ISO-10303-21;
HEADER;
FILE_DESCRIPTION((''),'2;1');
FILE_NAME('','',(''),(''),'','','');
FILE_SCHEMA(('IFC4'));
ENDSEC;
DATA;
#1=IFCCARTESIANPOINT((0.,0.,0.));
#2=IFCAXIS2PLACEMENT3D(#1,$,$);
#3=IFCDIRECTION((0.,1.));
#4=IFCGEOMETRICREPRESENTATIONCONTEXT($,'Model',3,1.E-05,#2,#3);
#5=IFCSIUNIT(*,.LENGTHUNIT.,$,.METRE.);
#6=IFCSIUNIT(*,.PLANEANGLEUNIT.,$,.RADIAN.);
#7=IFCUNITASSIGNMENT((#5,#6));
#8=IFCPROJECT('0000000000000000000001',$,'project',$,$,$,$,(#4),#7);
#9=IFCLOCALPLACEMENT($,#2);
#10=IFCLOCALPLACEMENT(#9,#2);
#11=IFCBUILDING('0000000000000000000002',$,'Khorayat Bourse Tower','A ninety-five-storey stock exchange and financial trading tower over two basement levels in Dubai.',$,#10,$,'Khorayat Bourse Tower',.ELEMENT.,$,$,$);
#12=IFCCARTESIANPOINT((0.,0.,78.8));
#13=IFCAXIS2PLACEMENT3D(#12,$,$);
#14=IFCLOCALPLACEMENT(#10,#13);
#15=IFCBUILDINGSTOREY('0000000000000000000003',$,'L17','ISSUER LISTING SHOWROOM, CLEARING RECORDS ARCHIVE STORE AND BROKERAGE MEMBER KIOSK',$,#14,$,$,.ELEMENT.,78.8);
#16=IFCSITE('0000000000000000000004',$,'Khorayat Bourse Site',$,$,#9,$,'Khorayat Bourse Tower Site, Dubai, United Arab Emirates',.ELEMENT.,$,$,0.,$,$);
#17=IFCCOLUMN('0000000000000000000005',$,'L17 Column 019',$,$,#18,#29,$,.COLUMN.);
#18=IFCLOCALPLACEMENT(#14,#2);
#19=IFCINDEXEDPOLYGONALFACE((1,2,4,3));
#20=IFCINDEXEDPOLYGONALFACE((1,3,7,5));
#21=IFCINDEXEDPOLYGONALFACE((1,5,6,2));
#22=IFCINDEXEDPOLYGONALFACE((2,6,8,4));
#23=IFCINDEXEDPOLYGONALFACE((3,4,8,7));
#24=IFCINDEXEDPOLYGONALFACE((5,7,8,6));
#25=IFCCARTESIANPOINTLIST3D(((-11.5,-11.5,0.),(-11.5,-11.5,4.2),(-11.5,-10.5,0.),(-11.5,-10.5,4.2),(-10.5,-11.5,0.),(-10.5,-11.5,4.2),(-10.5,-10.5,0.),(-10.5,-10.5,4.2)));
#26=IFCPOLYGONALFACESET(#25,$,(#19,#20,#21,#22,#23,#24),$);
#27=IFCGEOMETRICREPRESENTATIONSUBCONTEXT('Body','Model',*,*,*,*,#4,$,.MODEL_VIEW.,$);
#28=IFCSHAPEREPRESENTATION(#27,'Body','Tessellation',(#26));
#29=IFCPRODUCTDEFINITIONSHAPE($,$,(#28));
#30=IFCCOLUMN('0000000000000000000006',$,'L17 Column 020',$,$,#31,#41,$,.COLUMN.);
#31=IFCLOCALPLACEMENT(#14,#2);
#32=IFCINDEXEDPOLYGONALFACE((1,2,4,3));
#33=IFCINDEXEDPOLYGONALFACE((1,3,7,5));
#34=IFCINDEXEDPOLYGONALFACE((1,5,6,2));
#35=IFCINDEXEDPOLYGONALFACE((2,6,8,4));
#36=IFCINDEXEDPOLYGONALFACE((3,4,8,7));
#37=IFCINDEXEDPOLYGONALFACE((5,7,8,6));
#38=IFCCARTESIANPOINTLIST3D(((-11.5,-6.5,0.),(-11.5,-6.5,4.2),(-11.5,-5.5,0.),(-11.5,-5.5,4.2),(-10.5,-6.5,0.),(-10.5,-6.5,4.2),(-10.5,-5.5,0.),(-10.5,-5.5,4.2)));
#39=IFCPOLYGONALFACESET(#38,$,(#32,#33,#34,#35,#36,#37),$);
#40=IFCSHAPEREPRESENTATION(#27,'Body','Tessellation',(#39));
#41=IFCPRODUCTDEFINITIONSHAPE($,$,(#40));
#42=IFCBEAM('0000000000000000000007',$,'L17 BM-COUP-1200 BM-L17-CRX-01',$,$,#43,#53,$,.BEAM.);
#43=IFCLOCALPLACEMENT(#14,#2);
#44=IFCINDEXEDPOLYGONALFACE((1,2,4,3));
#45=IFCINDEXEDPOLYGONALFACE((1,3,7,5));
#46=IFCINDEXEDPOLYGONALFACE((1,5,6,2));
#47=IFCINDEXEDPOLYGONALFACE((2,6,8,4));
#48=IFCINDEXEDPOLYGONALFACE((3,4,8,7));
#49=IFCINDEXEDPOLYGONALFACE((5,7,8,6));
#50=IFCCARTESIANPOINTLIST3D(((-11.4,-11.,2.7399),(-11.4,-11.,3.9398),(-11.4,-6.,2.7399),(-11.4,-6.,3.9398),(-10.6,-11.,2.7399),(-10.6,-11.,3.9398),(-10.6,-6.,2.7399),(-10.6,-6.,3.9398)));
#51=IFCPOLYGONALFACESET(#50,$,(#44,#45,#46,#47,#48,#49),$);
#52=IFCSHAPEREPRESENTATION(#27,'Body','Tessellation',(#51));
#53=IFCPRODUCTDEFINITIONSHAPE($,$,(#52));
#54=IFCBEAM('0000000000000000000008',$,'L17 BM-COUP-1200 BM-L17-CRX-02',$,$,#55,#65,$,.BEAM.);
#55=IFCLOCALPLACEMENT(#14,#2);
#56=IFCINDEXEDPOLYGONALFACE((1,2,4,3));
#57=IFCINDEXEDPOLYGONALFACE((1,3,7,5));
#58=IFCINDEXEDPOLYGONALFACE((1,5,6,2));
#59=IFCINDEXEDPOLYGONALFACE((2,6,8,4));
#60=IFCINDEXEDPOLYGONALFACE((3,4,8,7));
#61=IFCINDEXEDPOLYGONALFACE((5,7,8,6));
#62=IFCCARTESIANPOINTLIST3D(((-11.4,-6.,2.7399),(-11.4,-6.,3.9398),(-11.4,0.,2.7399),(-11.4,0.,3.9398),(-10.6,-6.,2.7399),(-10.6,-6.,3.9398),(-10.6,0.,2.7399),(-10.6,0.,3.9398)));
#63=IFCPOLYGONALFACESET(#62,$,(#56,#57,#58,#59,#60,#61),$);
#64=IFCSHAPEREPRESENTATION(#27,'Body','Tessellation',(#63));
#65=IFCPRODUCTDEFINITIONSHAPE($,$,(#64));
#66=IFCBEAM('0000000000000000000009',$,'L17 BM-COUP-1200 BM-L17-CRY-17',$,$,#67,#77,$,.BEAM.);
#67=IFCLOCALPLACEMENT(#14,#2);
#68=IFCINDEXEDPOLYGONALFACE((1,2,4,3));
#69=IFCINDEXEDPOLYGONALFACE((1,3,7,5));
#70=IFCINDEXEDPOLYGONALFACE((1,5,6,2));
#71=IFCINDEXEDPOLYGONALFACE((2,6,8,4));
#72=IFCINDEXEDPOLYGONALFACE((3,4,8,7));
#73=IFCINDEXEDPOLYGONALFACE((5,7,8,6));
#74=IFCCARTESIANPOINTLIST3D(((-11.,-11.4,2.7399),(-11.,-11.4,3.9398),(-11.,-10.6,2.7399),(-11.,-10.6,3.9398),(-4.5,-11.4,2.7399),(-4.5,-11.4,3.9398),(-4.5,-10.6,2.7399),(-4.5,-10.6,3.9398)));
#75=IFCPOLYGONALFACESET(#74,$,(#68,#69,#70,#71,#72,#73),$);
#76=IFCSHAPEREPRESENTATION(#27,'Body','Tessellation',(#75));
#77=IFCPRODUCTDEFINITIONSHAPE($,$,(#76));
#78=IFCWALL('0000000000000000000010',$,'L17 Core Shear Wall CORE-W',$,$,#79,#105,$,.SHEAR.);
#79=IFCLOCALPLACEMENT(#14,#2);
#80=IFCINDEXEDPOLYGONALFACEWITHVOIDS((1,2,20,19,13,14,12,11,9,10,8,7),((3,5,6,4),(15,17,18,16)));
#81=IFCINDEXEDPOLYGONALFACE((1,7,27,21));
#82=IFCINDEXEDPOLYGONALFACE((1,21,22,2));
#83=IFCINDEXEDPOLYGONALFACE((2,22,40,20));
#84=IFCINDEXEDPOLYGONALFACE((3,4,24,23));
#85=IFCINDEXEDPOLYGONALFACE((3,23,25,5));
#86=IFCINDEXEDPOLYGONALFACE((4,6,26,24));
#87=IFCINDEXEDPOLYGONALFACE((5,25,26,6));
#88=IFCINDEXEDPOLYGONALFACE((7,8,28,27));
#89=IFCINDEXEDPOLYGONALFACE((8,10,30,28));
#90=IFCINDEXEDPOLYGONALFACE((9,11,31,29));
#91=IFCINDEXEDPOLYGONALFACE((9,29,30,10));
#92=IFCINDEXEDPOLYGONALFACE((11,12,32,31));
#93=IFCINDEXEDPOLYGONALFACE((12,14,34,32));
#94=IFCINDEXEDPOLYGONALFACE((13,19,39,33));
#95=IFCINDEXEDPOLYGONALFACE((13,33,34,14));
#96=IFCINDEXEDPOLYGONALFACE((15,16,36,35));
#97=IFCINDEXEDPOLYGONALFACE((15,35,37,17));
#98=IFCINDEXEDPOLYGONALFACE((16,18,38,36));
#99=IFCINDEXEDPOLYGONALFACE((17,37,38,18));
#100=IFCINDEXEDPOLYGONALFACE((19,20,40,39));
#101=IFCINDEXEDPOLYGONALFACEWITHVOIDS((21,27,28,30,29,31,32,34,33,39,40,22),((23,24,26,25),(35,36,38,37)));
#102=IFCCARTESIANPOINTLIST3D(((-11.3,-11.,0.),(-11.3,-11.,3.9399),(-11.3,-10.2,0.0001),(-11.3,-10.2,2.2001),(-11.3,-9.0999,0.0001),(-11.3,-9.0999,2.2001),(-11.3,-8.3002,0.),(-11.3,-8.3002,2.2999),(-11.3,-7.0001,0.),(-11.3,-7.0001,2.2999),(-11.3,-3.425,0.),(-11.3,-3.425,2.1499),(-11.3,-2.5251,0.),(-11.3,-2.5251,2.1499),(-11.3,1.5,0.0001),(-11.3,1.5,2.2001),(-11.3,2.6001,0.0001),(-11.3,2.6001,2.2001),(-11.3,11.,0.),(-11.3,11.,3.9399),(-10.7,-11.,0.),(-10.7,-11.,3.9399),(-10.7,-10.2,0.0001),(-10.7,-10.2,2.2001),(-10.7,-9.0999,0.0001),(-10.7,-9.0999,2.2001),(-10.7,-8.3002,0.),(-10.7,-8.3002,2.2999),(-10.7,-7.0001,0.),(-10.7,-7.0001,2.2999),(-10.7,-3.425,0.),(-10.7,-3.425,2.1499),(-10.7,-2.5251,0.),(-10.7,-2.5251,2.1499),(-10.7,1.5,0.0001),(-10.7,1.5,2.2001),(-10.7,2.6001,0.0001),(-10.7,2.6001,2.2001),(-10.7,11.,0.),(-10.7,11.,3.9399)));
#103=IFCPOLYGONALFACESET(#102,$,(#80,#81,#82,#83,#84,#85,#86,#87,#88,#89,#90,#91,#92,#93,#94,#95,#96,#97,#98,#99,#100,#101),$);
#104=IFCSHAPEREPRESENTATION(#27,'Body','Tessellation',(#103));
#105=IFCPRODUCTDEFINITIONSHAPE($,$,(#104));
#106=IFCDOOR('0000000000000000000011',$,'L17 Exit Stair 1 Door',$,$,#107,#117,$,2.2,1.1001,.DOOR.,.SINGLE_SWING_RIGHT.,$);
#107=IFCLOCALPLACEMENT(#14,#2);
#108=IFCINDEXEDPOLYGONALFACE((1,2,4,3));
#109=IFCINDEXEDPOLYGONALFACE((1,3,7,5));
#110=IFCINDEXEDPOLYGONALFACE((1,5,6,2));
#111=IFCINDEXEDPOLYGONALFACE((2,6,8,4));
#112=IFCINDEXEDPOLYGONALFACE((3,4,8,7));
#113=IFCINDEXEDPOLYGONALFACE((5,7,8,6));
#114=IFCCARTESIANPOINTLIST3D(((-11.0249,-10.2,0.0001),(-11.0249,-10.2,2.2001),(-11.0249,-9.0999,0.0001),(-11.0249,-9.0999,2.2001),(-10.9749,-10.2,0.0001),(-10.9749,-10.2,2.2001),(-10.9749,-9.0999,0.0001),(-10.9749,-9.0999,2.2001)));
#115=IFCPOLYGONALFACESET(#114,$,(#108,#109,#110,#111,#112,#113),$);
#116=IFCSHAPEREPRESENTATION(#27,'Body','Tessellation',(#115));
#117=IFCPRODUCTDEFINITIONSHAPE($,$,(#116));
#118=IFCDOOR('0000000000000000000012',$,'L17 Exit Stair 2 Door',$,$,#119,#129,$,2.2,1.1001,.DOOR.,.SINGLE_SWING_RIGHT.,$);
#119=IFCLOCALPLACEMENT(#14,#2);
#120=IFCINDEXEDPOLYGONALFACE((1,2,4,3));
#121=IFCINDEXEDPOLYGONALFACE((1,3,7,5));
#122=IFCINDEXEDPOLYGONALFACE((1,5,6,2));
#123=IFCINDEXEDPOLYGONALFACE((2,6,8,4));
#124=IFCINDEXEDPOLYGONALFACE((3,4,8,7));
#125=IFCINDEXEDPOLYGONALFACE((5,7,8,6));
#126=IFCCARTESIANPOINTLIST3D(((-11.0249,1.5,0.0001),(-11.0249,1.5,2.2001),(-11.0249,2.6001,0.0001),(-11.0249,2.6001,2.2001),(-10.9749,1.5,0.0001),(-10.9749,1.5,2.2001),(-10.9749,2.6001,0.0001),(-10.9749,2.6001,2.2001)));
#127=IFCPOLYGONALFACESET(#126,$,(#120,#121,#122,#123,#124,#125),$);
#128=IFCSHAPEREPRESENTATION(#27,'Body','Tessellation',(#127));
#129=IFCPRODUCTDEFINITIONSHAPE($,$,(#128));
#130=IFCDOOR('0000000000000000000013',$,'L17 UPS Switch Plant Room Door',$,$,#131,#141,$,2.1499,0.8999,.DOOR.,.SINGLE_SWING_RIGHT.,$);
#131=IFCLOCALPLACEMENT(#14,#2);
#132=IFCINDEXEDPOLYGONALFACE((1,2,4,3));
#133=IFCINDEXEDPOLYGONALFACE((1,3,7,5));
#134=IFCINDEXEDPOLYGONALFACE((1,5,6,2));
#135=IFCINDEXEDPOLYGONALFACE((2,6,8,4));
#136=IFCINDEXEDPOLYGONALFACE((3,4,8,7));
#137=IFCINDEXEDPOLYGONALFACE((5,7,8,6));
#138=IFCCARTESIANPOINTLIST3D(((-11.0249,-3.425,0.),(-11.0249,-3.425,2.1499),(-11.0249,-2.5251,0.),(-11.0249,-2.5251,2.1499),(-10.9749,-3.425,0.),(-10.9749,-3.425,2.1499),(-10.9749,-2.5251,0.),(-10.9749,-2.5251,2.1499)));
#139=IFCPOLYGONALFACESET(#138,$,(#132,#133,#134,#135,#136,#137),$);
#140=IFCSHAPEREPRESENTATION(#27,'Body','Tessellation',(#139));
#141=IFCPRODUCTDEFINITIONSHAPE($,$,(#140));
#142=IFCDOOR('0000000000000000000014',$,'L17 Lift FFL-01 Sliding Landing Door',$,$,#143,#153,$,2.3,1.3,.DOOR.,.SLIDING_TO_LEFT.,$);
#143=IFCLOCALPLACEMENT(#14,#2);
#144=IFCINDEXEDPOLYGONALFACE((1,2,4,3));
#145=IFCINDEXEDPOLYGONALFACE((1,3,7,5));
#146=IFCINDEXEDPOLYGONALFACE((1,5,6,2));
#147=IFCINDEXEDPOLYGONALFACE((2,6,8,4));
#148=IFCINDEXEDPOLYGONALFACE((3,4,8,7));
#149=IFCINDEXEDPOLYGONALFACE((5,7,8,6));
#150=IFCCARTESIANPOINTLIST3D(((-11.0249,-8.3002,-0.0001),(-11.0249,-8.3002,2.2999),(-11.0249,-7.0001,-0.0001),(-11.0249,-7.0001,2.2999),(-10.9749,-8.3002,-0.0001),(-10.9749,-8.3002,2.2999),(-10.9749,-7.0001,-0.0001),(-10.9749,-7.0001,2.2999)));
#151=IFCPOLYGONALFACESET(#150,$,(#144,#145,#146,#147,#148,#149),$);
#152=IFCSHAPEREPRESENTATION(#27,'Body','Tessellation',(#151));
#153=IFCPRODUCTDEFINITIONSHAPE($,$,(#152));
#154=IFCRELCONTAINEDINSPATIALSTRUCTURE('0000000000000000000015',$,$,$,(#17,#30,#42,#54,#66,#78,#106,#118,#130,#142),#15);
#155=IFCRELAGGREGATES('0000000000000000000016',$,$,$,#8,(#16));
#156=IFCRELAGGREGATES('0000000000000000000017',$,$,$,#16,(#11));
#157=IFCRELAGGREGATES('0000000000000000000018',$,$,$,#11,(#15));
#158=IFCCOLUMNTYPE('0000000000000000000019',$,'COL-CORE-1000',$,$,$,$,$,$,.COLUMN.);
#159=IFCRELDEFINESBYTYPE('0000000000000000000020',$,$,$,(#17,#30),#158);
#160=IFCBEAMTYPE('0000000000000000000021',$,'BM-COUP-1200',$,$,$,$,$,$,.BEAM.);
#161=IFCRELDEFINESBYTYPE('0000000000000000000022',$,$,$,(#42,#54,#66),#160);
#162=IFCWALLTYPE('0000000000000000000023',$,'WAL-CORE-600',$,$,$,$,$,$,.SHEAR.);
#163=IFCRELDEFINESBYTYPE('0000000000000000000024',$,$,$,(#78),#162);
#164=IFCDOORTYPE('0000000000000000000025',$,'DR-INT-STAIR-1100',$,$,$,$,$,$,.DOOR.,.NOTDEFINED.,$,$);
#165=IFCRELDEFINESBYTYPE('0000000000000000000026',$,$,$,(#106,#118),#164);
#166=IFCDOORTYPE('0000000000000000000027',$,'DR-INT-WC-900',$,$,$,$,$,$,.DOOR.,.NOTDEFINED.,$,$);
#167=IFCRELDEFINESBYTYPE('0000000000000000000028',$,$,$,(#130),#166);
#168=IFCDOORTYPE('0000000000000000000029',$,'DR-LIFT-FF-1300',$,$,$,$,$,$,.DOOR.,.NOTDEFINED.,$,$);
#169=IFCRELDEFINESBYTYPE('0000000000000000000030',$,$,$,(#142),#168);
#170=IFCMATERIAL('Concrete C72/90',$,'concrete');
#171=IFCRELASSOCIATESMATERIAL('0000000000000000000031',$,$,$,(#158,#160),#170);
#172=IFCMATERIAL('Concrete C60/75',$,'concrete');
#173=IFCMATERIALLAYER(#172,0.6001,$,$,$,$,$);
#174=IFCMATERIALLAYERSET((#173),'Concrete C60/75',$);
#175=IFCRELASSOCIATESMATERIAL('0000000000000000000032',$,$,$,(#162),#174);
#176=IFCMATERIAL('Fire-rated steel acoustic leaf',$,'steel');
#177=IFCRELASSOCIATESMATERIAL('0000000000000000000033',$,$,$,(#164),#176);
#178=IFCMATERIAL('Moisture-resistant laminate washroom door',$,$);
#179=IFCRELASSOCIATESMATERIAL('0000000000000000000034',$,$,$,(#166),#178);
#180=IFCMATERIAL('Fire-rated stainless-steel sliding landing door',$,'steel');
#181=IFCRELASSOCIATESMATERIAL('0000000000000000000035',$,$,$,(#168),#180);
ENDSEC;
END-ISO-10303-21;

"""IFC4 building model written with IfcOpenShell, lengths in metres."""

from ifc_helpers import new_model, si_unit, direction, frame, frame_2d, origin, origin_2d, place, context, subcontext, project, spatial, rectangle, extrude, source, transform, mapped, material, layer, layer_set, material_profile, profile_set, type_object, element, fill, save


model = new_model("IFC4")

# Units and contexts
model_context = context("Model", 3, precision=1e-05, world=origin(), true_north=direction((0.0, 1.0)))
body_context = subcontext(model_context, "Body", "Model", "MODEL_VIEW")
ifc_project = project(units=[si_unit("LENGTHUNIT", "METRE"), si_unit("PLANEANGLEUNIT", "RADIAN")], contexts=[model_context])

# Site, building, storey
site_placement = place(None, origin())
site = spatial("IfcSite", under=ifc_project, at=site_placement, Name="Khorayat Bourse Site", LongName="Khorayat Bourse Tower Site, Dubai, United Arab Emirates", CompositionType="ELEMENT", RefElevation=0.0)
building_placement = place(site_placement, origin())
building = spatial("IfcBuilding", under=site, at=building_placement, Name="Khorayat Bourse Tower", Description="A ninety-five-storey stock exchange and financial trading tower over two basement levels in Dubai.", LongName="Khorayat Bourse Tower", CompositionType="ELEMENT")
storey_placement = place(building_placement, frame((0.0, 0.0, 78.8)))
storey = spatial("IfcBuildingStorey", under=building, at=storey_placement, Name="L17", Description="ISSUER LISTING SHOWROOM, CLEARING RECORDS ARCHIVE STORE AND BROKERAGE MEMBER KIOSK", CompositionType="ELEMENT", Elevation=78.8)

# Columns
ifc_material_1 = material(Name="Concrete C72/90", Category="concrete")
ifc_material_profile_1 = material_profile(ifc_material_1, rectangle(XDim=1.0, YDim=1.0, at=origin_2d()), Name="RC 1000x1000")
ifc_profile_set_1 = profile_set([ifc_material_profile_1], Name="Concrete C72/90")
column_type = type_object("IfcColumnType", Name="COL-CORE-1000", PredefinedType="COLUMN", material=ifc_profile_set_1)
shared_shape_1 = source(origin(), body_context, "Body", "SweptSolid", [
    extrude(rectangle(XDim=1.0, YDim=1.0, at=origin_2d()), origin(), (0.0, 0.0, 1.0), 4.2),
])
for number, where, z_axis, x_axis, name in (
    (1, (-11.0, -11.0, 0.0), (0.0, 0.0, 1.0), (1.0, 0.0, 0.0), "L17 Column 019"),
    (2, (-11.0, -6.0, 0.0), (0.0, 0.0, 1.0), (1.0, 0.0, 0.0), "L17 Column 020"),
):
    element("IfcColumn", number, at=place(storey_placement, frame(where, z_axis=z_axis, x_axis=x_axis)), inside=storey, type_object=column_type, Name=name, PredefinedType="COLUMN", context=body_context, shape_type="MappedRepresentation", body=[
        mapped(shared_shape_1, transform((0.0, 0.0, 0.0), scale=1.0)),
    ])

# Beams
ifc_material_profile_2 = material_profile(ifc_material_1, rectangle(XDim=0.8, YDim=1.2, at=origin_2d()), Name="RC 800x1200")
ifc_profile_set_2 = profile_set([ifc_material_profile_2], Name="Concrete C72/90")
beam_type = type_object("IfcBeamType", Name="BM-COUP-1200", PredefinedType="BEAM", material=ifc_profile_set_2)
shared_shape_2 = source(origin(), body_context, "Body", "SweptSolid", [
    extrude(rectangle(XDim=0.8, YDim=1.2, at=origin_2d()), origin(), (0.0, 0.0, 1.0), 5.0),
])
beam_1_placement = place(storey_placement, frame((-11.0, -11.0, 3.3398), z_axis=(0.0, 1.0, 0.0), x_axis=(-1.0, 0.0, 0.0)))
element("IfcBeam", 3, at=beam_1_placement, inside=storey, type_object=beam_type, Name="L17 BM-COUP-1200 BM-L17-CRX-01", PredefinedType="BEAM", context=body_context, shape_type="MappedRepresentation", body=[
    mapped(shared_shape_2, transform((0.0, 0.0, 0.0), scale=1.0)),
])
shared_shape_3 = source(origin(), body_context, "Body", "SweptSolid", [
    extrude(rectangle(XDim=0.8, YDim=1.2, at=origin_2d()), origin(), (0.0, 0.0, 1.0), 6.0),
])
beam_2_placement = place(storey_placement, frame((-11.0, -6.0, 3.3398), z_axis=(0.0, 1.0, 0.0), x_axis=(-1.0, 0.0, 0.0)))
element("IfcBeam", 4, at=beam_2_placement, inside=storey, type_object=beam_type, Name="L17 BM-COUP-1200 BM-L17-CRX-02", PredefinedType="BEAM", context=body_context, shape_type="MappedRepresentation", body=[
    mapped(shared_shape_3, transform((0.0, 0.0, 0.0), scale=1.0)),
])
shared_shape_4 = source(origin(), body_context, "Body", "SweptSolid", [
    extrude(rectangle(XDim=0.8, YDim=1.2, at=origin_2d()), origin(), (0.0, 0.0, 1.0), 6.5),
])
beam_3_placement = place(storey_placement, frame((-11.0, -11.0, 3.3398), z_axis=(1.0, 0.0, 0.0), x_axis=(0.0, 1.0, 0.0)))
element("IfcBeam", 5, at=beam_3_placement, inside=storey, type_object=beam_type, Name="L17 BM-COUP-1200 BM-L17-CRY-17", PredefinedType="BEAM", context=body_context, shape_type="MappedRepresentation", body=[
    mapped(shared_shape_4, transform((0.0, 0.0, 0.0), scale=1.0)),
])

# Wall, openings, doors
ifc_material_2 = material(Name="Concrete C60/75", Category="concrete")
ifc_layer_1 = layer(ifc_material_2, 0.6001)
ifc_layer_set_1 = layer_set([ifc_layer_1], Name="Concrete C60/75")
wall_type_1 = type_object("IfcWallType", Name="WAL-CORE-600", PredefinedType="SHEAR", material=ifc_layer_set_1)
shared_shape_5 = source(origin(), body_context, "Body", "SweptSolid", [
    extrude(rectangle(XDim=22.0, YDim=0.6001, at=frame_2d((11.0, 0.0))), origin(), (0.0, 0.0, 1.0), 3.9399),
])
wall_1_placement = place(storey_placement, frame((-11.0, -11.0, 0.0), z_axis=(0.0, 0.0, 1.0), x_axis=(0.0, 1.0, 0.0)))
wall_1 = element("IfcWall", 6, at=wall_1_placement, inside=storey, type_object=wall_type_1, Name="L17 Core Shear Wall CORE-W", PredefinedType="SHEAR", context=body_context, shape_type="MappedRepresentation", body=[
    mapped(shared_shape_5, transform((0.0, 0.0, 0.0), scale=1.0)),
])
shared_shape_6 = source(origin(), body_context, "Body", "SweptSolid", [
    extrude(rectangle(XDim=1.1001, YDim=2.2, at=frame_2d((0.55, 1.1001))), frame((0.0, 0.3101, 0.0), z_axis=(0.0, -1.0, 0.0), x_axis=(1.0, 0.0, 0.0)), (0.0, 0.0, 1.0), 0.6201),
])
opening_1_placement = place(wall_1_placement, frame((0.8, 0.0, 0.0)))
opening_1 = element("IfcOpeningElement", 7, at=opening_1_placement, cuts=wall_1, PredefinedType="OPENING", context=body_context, shape_type="MappedRepresentation", body=[
    mapped(shared_shape_6, transform((0.0, 0.0, 0.0), scale=1.0)),
])
opening_2_placement = place(wall_1_placement, frame((12.5, 0.0, 0.0)))
opening_2 = element("IfcOpeningElement", 8, at=opening_2_placement, cuts=wall_1, PredefinedType="OPENING", context=body_context, shape_type="MappedRepresentation", body=[
    mapped(shared_shape_6, transform((0.0, 0.0, 0.0), scale=1.0)),
])
shared_shape_7 = source(origin(), body_context, "Body", "SweptSolid", [
    extrude(rectangle(XDim=0.8999, YDim=2.1499, at=frame_2d((0.45, 1.075))), frame((0.0, 0.3101, 0.0), z_axis=(0.0, -1.0, 0.0), x_axis=(1.0, 0.0, 0.0)), (0.0, 0.0, 1.0), 0.6201),
])
opening_3_placement = place(wall_1_placement, frame((7.575, 0.0, 0.0)))
opening_3 = element("IfcOpeningElement", 9, at=opening_3_placement, cuts=wall_1, PredefinedType="OPENING", context=body_context, shape_type="MappedRepresentation", body=[
    mapped(shared_shape_7, transform((0.0, 0.0, 0.0), scale=1.0)),
])
shared_shape_8 = source(origin(), body_context, "Body", "SweptSolid", [
    extrude(rectangle(XDim=1.3, YDim=2.3, at=frame_2d((0.6499, 1.1499))), frame((0.0, 0.3101, 0.0), z_axis=(0.0, -1.0, 0.0), x_axis=(1.0, 0.0, 0.0)), (0.0, 0.0, 1.0), 0.6201),
])
opening_4_placement = place(wall_1_placement, frame((2.7, 0.0, 0.0)))
opening_4 = element("IfcOpeningElement", 10, at=opening_4_placement, cuts=wall_1, PredefinedType="OPENING", context=body_context, shape_type="MappedRepresentation", body=[
    mapped(shared_shape_8, transform((0.0, 0.0, 0.0), scale=1.0)),
])
ifc_material_3 = material(Name="Fire-rated steel acoustic leaf", Category="steel")
door_type_1 = type_object("IfcDoorType", Name="DR-INT-STAIR-1100", OperationType="NOTDEFINED", PredefinedType="DOOR", material=ifc_material_3)
shared_shape_9 = source(origin(), body_context, "Body", "SweptSolid", [
    extrude(rectangle(XDim=1.1001, YDim=2.2, at=frame_2d((0.55, 1.1001))), frame((0.0, 0.0249, 0.0), z_axis=(0.0, -1.0, 0.0), x_axis=(1.0, 0.0, 0.0)), (0.0, 0.0, 1.0), 0.05),
])
door_1_placement = place(opening_1_placement, origin())
door_1 = element("IfcDoor", 11, at=door_1_placement, inside=storey, type_object=door_type_1, Name="L17 Exit Stair 1 Door", OperationType="SINGLE_SWING_RIGHT", OverallHeight=2.2, OverallWidth=1.1001, PredefinedType="DOOR", context=body_context, shape_type="MappedRepresentation", body=[
    mapped(shared_shape_9, transform((0.0, 0.0, 0.0), scale=1.0)),
])
fill(opening_1, door_1)
door_2_placement = place(opening_2_placement, origin())
door_2 = element("IfcDoor", 12, at=door_2_placement, inside=storey, type_object=door_type_1, Name="L17 Exit Stair 2 Door", OperationType="SINGLE_SWING_RIGHT", OverallHeight=2.2, OverallWidth=1.1001, PredefinedType="DOOR", context=body_context, shape_type="MappedRepresentation", body=[
    mapped(shared_shape_9, transform((0.0, 0.0, 0.0), scale=1.0)),
])
fill(opening_2, door_2)
ifc_material_4 = material(Name="Moisture-resistant laminate washroom door")
door_type_2 = type_object("IfcDoorType", Name="DR-INT-WC-900", OperationType="NOTDEFINED", PredefinedType="DOOR", material=ifc_material_4)
shared_shape_10 = source(origin(), body_context, "Body", "SweptSolid", [
    extrude(rectangle(XDim=0.8999, YDim=2.1499, at=frame_2d((0.45, 1.075))), frame((0.0, 0.0249, 0.0), z_axis=(0.0, -1.0, 0.0), x_axis=(1.0, 0.0, 0.0)), (0.0, 0.0, 1.0), 0.05),
])
door_3_placement = place(opening_3_placement, origin())
door_3 = element("IfcDoor", 13, at=door_3_placement, inside=storey, type_object=door_type_2, Name="L17 UPS Switch Plant Room Door", OperationType="SINGLE_SWING_RIGHT", OverallHeight=2.1499, OverallWidth=0.8999, PredefinedType="DOOR", context=body_context, shape_type="MappedRepresentation", body=[
    mapped(shared_shape_10, transform((0.0, 0.0, 0.0), scale=1.0)),
])
fill(opening_3, door_3)
ifc_material_5 = material(Name="Fire-rated stainless-steel sliding landing door", Category="steel")
door_type_3 = type_object("IfcDoorType", Name="DR-LIFT-FF-1300", OperationType="NOTDEFINED", PredefinedType="DOOR", material=ifc_material_5)
shared_shape_11 = source(origin(), body_context, "Body", "SweptSolid", [
    extrude(rectangle(XDim=1.3, YDim=2.3, at=frame_2d((0.6499, 1.1499))), frame((0.0, 0.0249, 0.0), z_axis=(0.0, -1.0, 0.0), x_axis=(1.0, 0.0, 0.0)), (0.0, 0.0, 1.0), 0.05),
])
door_4_placement = place(opening_4_placement, origin())
door_4 = element("IfcDoor", 14, at=door_4_placement, inside=storey, type_object=door_type_3, Name="L17 Lift FFL-01 Sliding Landing Door", OperationType="SLIDING_TO_LEFT", OverallHeight=2.3, OverallWidth=1.3, PredefinedType="DOOR", context=body_context, shape_type="MappedRepresentation", body=[
    mapped(shared_shape_11, transform((0.0, 0.0, 0.0), scale=1.0)),
])
fill(opening_4, door_4)

save(model, "model.ifc")
